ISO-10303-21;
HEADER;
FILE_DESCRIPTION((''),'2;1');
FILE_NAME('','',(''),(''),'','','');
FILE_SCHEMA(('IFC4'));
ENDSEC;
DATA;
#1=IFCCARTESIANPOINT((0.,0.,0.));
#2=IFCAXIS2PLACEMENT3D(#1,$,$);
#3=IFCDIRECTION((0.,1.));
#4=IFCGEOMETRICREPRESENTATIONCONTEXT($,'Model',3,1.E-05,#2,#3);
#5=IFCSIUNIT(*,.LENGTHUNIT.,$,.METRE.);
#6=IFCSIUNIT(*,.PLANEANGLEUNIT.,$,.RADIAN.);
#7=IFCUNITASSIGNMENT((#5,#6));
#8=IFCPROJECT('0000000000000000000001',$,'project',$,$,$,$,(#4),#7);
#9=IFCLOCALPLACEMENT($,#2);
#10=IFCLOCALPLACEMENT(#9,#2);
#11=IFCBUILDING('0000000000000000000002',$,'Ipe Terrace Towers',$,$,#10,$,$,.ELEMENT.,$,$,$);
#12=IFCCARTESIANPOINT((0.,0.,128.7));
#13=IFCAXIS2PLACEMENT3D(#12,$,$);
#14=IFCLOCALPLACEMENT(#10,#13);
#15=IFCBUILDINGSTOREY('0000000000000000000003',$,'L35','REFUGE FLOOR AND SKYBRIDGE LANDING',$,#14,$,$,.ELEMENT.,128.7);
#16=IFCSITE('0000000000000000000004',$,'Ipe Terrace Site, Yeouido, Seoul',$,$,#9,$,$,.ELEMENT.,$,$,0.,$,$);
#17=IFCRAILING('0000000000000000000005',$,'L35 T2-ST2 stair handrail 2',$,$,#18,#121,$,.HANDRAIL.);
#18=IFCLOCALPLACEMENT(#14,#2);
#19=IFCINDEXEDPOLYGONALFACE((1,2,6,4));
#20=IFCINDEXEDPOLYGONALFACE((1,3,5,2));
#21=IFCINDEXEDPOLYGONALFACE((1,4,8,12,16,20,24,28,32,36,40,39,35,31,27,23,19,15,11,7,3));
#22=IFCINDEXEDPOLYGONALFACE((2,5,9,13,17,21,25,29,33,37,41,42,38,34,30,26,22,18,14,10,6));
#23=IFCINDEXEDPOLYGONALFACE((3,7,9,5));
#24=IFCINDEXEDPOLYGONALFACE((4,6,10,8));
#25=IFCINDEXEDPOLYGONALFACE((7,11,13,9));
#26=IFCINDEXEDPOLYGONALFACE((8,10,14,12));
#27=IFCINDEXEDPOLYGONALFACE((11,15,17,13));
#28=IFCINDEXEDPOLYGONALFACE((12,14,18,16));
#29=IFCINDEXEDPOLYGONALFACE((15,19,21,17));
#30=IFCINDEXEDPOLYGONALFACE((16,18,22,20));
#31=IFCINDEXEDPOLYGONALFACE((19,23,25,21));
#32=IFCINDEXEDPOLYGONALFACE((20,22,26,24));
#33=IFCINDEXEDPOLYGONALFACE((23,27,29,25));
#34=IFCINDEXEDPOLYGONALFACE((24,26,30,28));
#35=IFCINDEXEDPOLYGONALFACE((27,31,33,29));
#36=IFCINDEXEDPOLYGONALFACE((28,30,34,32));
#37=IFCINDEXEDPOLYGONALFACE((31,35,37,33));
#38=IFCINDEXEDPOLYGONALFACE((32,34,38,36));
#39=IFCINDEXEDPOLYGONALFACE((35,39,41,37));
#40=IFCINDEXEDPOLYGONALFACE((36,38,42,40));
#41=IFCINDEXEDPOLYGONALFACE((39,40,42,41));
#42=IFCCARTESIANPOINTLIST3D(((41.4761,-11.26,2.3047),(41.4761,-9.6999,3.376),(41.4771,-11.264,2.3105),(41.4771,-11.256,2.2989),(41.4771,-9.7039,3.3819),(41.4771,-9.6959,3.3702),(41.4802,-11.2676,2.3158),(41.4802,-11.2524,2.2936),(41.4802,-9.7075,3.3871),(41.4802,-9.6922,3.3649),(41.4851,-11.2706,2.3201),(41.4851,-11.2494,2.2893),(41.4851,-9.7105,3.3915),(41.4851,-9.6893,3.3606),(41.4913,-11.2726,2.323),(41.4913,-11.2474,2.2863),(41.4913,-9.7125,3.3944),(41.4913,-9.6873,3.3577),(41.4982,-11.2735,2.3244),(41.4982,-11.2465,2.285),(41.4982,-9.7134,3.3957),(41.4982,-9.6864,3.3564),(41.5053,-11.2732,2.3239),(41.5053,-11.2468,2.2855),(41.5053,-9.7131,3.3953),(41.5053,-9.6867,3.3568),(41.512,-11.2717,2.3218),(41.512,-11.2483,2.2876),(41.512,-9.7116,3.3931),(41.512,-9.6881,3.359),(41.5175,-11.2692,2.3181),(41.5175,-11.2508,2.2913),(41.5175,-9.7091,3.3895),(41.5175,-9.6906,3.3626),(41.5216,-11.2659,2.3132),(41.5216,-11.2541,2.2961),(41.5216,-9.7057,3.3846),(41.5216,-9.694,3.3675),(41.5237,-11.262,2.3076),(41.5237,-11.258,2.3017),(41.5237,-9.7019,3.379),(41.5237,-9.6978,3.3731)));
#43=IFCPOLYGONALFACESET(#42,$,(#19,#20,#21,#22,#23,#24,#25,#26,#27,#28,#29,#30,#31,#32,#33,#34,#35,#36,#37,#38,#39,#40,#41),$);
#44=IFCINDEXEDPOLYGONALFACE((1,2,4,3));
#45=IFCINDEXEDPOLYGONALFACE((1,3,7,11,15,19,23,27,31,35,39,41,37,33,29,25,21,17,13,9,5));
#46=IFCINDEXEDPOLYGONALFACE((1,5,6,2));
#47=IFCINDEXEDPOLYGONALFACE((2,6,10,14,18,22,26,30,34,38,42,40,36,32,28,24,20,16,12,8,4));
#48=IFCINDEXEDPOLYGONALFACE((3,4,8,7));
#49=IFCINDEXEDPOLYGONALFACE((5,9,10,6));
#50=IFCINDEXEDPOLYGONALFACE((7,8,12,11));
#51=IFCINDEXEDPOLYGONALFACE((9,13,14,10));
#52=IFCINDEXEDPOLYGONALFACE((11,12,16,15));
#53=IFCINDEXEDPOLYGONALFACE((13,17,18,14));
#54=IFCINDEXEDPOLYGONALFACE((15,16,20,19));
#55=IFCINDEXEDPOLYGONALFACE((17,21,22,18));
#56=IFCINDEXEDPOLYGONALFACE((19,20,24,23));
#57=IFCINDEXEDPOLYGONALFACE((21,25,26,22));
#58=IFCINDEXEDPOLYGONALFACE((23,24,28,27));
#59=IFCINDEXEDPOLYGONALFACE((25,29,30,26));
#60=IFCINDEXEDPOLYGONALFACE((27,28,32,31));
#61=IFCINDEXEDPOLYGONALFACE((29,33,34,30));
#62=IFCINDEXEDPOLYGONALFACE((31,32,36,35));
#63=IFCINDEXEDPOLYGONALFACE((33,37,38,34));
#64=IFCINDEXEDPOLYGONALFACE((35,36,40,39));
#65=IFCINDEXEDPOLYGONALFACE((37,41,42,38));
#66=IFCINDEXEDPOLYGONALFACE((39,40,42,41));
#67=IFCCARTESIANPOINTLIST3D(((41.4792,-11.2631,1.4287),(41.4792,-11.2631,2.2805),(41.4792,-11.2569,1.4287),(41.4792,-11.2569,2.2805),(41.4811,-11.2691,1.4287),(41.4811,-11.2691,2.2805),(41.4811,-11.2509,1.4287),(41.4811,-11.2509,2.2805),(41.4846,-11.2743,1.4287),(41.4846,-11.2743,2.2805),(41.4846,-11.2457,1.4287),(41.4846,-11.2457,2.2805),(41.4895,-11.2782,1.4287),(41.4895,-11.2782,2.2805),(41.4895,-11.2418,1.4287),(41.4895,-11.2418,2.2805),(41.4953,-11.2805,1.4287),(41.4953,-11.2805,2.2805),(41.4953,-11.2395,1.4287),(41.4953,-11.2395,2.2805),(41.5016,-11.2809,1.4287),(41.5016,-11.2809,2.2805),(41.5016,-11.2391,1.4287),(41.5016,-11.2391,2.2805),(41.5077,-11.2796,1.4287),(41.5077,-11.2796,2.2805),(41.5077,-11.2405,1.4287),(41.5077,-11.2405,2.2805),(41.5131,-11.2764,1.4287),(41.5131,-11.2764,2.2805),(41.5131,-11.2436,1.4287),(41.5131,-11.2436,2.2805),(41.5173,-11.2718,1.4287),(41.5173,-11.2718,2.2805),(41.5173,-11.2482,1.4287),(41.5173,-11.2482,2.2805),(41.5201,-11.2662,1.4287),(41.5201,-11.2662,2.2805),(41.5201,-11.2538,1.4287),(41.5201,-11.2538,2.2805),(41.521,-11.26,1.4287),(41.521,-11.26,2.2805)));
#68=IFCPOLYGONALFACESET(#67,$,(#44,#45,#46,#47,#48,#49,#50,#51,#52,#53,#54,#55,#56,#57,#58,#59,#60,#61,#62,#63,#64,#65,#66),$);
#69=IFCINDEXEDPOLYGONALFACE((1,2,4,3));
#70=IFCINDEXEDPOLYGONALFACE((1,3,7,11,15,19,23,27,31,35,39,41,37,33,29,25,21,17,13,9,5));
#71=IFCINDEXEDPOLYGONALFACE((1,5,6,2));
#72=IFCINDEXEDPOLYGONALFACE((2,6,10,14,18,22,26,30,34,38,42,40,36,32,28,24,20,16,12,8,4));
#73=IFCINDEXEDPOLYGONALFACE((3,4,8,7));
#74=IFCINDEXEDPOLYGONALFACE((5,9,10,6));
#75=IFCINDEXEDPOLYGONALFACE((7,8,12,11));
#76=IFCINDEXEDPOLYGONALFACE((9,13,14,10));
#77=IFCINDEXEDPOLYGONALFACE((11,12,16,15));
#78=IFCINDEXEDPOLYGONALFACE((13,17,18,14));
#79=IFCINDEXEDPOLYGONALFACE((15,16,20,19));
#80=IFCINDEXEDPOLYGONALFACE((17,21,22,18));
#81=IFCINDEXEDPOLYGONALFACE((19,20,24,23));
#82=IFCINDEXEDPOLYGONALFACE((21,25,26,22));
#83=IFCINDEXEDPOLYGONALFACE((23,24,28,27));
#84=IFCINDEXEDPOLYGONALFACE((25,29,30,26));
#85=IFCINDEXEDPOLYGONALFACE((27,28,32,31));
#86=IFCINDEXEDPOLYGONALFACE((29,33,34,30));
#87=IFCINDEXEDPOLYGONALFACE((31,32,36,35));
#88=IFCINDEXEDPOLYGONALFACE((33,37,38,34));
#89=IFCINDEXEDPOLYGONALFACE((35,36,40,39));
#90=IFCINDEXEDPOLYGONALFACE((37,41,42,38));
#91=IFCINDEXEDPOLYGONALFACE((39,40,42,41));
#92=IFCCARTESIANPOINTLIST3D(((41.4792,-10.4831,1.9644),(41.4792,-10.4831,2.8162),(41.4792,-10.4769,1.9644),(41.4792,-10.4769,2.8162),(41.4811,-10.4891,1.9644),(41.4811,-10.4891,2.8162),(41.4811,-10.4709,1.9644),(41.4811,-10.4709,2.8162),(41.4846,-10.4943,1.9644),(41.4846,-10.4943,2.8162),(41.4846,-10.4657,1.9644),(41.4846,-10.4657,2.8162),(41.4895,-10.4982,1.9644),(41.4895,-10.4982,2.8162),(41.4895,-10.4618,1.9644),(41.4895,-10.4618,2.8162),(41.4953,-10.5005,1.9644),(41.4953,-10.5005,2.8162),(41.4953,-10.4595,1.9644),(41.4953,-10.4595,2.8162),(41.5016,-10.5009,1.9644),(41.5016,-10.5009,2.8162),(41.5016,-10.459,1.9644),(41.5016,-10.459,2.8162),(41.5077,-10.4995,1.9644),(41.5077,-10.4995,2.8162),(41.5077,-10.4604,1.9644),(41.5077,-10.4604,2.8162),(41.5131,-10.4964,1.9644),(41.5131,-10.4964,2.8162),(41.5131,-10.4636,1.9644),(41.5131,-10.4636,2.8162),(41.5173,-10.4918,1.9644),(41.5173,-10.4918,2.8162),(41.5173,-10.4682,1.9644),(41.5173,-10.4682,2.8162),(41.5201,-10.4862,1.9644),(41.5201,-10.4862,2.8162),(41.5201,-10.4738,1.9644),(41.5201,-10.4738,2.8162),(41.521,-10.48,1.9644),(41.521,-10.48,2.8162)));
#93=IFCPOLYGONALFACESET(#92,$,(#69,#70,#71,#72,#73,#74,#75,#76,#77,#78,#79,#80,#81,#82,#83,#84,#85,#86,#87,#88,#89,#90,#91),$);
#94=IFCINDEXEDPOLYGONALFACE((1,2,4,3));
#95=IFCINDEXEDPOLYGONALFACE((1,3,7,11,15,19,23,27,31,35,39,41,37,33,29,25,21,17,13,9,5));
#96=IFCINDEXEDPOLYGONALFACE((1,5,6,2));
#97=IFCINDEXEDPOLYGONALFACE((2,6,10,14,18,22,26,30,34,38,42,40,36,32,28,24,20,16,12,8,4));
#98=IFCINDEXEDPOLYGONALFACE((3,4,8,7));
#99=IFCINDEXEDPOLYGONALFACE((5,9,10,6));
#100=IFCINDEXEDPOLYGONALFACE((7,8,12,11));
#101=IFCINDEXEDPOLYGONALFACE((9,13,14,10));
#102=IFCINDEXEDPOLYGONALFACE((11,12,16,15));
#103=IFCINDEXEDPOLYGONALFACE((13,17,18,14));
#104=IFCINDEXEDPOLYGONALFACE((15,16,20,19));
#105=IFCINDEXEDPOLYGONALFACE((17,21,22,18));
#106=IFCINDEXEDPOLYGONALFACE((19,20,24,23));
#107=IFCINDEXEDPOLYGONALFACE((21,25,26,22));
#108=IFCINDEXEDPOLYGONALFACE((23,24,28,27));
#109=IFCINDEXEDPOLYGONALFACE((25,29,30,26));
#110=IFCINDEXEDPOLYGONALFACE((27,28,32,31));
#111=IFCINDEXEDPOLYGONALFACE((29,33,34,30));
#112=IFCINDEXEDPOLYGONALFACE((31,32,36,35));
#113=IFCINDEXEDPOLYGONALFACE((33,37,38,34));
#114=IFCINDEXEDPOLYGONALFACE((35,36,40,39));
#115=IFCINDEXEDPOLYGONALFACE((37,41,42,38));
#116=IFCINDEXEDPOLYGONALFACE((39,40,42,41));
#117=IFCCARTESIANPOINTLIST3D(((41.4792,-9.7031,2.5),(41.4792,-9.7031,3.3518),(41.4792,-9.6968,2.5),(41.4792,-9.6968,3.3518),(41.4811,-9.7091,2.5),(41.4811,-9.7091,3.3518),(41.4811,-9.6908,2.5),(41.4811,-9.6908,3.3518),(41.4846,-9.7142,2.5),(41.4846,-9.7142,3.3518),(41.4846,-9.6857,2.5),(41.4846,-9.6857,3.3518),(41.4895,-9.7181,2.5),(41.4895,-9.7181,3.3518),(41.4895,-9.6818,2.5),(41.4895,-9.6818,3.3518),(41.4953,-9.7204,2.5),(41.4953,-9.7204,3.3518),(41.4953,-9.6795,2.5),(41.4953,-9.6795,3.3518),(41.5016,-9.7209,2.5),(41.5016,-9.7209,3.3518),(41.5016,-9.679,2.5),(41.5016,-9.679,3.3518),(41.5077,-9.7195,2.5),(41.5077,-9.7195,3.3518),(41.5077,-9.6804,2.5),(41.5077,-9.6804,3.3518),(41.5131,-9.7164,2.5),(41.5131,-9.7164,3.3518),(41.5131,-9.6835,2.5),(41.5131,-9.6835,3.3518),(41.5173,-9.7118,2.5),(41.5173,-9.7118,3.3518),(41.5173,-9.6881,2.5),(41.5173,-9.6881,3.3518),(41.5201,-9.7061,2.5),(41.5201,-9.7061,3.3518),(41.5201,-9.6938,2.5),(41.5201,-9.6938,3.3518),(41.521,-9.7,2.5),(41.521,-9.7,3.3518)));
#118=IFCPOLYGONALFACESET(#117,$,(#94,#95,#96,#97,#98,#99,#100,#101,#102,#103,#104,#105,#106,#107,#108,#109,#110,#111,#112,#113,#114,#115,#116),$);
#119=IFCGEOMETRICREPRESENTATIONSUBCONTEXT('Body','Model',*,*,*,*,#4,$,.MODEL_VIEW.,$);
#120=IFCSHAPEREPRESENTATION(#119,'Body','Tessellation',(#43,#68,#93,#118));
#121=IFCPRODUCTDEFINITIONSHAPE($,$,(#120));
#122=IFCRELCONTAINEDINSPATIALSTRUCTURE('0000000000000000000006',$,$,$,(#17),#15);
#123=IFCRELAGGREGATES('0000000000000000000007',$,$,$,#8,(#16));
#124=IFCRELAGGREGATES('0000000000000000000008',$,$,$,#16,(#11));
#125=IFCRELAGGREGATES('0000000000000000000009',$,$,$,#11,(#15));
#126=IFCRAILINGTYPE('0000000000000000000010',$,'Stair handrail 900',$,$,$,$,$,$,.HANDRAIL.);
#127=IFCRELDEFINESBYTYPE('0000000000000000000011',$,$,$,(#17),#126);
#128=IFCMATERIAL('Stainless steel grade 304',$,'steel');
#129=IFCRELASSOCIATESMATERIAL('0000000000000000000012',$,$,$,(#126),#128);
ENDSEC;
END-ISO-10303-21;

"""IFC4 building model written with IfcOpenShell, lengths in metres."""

from ifc_helpers import new_model, si_unit, direction, frame, origin, origin_2d, place, context, subcontext, project, spatial, circle, extrude, material, type_object, element, save


model = new_model("IFC4")

# Units and contexts
model_context = context("Model", 3, precision=1e-05, world=origin(), true_north=direction((0.0, 1.0)))
body_context = subcontext(model_context, "Body", "Model", "MODEL_VIEW")
ifc_project = project(units=[si_unit("LENGTHUNIT", "METRE"), si_unit("PLANEANGLEUNIT", "RADIAN")], contexts=[model_context])

# Site, building, storey
site_placement = place(None, origin())
site = spatial("IfcSite", under=ifc_project, at=site_placement, Name="Ipe Terrace Site, Yeouido, Seoul", CompositionType="ELEMENT", RefElevation=0.0)
building_placement = place(site_placement, origin())
building = spatial("IfcBuilding", under=site, at=building_placement, Name="Ipe Terrace Towers", CompositionType="ELEMENT")
storey_placement = place(building_placement, frame((0.0, 0.0, 128.7)))
storey = spatial("IfcBuildingStorey", under=building, at=storey_placement, Name="L35", Description="REFUGE FLOOR AND SKYBRIDGE LANDING", CompositionType="ELEMENT", Elevation=128.7)

# Railing
ifc_material_1 = material(Name="Stainless steel grade 304", Category="steel")
railing_type_1 = type_object("IfcRailingType", Name="Stair handrail 900", PredefinedType="HANDRAIL", material=ifc_material_1)
railing_1_placement = place(storey_placement, frame((41.5, -11.26, 1.4287)))
element("IfcRailing", 1, at=railing_1_placement, inside=storey, type_object=railing_type_1, Name="L35 T2-ST2 stair handrail 2", PredefinedType="HANDRAIL", context=body_context, shape_type="SweptSolid", body=[
    extrude(circle(Radius=0.0239, at=origin_2d()), frame((0.0, 0.0, 0.876), z_axis=(0.0, 0.82435, 0.56608), x_axis=(-1.0, 0.0, 0.0)), (0.0, 0.0, 1.0), 1.8926),
    extrude(circle(Radius=0.021, at=origin_2d()), origin(), (0.0, 0.0, 1.0), 0.8518),
    extrude(circle(Radius=0.021, at=origin_2d()), frame((0.0, 0.78, 0.5356)), (0.0, 0.0, 1.0), 0.8518),
    extrude(circle(Radius=0.021, at=origin_2d()), frame((0.0, 1.5601, 1.0713)), (0.0, 0.0, 1.0), 0.8518),
])

save(model, "model.ifc")
